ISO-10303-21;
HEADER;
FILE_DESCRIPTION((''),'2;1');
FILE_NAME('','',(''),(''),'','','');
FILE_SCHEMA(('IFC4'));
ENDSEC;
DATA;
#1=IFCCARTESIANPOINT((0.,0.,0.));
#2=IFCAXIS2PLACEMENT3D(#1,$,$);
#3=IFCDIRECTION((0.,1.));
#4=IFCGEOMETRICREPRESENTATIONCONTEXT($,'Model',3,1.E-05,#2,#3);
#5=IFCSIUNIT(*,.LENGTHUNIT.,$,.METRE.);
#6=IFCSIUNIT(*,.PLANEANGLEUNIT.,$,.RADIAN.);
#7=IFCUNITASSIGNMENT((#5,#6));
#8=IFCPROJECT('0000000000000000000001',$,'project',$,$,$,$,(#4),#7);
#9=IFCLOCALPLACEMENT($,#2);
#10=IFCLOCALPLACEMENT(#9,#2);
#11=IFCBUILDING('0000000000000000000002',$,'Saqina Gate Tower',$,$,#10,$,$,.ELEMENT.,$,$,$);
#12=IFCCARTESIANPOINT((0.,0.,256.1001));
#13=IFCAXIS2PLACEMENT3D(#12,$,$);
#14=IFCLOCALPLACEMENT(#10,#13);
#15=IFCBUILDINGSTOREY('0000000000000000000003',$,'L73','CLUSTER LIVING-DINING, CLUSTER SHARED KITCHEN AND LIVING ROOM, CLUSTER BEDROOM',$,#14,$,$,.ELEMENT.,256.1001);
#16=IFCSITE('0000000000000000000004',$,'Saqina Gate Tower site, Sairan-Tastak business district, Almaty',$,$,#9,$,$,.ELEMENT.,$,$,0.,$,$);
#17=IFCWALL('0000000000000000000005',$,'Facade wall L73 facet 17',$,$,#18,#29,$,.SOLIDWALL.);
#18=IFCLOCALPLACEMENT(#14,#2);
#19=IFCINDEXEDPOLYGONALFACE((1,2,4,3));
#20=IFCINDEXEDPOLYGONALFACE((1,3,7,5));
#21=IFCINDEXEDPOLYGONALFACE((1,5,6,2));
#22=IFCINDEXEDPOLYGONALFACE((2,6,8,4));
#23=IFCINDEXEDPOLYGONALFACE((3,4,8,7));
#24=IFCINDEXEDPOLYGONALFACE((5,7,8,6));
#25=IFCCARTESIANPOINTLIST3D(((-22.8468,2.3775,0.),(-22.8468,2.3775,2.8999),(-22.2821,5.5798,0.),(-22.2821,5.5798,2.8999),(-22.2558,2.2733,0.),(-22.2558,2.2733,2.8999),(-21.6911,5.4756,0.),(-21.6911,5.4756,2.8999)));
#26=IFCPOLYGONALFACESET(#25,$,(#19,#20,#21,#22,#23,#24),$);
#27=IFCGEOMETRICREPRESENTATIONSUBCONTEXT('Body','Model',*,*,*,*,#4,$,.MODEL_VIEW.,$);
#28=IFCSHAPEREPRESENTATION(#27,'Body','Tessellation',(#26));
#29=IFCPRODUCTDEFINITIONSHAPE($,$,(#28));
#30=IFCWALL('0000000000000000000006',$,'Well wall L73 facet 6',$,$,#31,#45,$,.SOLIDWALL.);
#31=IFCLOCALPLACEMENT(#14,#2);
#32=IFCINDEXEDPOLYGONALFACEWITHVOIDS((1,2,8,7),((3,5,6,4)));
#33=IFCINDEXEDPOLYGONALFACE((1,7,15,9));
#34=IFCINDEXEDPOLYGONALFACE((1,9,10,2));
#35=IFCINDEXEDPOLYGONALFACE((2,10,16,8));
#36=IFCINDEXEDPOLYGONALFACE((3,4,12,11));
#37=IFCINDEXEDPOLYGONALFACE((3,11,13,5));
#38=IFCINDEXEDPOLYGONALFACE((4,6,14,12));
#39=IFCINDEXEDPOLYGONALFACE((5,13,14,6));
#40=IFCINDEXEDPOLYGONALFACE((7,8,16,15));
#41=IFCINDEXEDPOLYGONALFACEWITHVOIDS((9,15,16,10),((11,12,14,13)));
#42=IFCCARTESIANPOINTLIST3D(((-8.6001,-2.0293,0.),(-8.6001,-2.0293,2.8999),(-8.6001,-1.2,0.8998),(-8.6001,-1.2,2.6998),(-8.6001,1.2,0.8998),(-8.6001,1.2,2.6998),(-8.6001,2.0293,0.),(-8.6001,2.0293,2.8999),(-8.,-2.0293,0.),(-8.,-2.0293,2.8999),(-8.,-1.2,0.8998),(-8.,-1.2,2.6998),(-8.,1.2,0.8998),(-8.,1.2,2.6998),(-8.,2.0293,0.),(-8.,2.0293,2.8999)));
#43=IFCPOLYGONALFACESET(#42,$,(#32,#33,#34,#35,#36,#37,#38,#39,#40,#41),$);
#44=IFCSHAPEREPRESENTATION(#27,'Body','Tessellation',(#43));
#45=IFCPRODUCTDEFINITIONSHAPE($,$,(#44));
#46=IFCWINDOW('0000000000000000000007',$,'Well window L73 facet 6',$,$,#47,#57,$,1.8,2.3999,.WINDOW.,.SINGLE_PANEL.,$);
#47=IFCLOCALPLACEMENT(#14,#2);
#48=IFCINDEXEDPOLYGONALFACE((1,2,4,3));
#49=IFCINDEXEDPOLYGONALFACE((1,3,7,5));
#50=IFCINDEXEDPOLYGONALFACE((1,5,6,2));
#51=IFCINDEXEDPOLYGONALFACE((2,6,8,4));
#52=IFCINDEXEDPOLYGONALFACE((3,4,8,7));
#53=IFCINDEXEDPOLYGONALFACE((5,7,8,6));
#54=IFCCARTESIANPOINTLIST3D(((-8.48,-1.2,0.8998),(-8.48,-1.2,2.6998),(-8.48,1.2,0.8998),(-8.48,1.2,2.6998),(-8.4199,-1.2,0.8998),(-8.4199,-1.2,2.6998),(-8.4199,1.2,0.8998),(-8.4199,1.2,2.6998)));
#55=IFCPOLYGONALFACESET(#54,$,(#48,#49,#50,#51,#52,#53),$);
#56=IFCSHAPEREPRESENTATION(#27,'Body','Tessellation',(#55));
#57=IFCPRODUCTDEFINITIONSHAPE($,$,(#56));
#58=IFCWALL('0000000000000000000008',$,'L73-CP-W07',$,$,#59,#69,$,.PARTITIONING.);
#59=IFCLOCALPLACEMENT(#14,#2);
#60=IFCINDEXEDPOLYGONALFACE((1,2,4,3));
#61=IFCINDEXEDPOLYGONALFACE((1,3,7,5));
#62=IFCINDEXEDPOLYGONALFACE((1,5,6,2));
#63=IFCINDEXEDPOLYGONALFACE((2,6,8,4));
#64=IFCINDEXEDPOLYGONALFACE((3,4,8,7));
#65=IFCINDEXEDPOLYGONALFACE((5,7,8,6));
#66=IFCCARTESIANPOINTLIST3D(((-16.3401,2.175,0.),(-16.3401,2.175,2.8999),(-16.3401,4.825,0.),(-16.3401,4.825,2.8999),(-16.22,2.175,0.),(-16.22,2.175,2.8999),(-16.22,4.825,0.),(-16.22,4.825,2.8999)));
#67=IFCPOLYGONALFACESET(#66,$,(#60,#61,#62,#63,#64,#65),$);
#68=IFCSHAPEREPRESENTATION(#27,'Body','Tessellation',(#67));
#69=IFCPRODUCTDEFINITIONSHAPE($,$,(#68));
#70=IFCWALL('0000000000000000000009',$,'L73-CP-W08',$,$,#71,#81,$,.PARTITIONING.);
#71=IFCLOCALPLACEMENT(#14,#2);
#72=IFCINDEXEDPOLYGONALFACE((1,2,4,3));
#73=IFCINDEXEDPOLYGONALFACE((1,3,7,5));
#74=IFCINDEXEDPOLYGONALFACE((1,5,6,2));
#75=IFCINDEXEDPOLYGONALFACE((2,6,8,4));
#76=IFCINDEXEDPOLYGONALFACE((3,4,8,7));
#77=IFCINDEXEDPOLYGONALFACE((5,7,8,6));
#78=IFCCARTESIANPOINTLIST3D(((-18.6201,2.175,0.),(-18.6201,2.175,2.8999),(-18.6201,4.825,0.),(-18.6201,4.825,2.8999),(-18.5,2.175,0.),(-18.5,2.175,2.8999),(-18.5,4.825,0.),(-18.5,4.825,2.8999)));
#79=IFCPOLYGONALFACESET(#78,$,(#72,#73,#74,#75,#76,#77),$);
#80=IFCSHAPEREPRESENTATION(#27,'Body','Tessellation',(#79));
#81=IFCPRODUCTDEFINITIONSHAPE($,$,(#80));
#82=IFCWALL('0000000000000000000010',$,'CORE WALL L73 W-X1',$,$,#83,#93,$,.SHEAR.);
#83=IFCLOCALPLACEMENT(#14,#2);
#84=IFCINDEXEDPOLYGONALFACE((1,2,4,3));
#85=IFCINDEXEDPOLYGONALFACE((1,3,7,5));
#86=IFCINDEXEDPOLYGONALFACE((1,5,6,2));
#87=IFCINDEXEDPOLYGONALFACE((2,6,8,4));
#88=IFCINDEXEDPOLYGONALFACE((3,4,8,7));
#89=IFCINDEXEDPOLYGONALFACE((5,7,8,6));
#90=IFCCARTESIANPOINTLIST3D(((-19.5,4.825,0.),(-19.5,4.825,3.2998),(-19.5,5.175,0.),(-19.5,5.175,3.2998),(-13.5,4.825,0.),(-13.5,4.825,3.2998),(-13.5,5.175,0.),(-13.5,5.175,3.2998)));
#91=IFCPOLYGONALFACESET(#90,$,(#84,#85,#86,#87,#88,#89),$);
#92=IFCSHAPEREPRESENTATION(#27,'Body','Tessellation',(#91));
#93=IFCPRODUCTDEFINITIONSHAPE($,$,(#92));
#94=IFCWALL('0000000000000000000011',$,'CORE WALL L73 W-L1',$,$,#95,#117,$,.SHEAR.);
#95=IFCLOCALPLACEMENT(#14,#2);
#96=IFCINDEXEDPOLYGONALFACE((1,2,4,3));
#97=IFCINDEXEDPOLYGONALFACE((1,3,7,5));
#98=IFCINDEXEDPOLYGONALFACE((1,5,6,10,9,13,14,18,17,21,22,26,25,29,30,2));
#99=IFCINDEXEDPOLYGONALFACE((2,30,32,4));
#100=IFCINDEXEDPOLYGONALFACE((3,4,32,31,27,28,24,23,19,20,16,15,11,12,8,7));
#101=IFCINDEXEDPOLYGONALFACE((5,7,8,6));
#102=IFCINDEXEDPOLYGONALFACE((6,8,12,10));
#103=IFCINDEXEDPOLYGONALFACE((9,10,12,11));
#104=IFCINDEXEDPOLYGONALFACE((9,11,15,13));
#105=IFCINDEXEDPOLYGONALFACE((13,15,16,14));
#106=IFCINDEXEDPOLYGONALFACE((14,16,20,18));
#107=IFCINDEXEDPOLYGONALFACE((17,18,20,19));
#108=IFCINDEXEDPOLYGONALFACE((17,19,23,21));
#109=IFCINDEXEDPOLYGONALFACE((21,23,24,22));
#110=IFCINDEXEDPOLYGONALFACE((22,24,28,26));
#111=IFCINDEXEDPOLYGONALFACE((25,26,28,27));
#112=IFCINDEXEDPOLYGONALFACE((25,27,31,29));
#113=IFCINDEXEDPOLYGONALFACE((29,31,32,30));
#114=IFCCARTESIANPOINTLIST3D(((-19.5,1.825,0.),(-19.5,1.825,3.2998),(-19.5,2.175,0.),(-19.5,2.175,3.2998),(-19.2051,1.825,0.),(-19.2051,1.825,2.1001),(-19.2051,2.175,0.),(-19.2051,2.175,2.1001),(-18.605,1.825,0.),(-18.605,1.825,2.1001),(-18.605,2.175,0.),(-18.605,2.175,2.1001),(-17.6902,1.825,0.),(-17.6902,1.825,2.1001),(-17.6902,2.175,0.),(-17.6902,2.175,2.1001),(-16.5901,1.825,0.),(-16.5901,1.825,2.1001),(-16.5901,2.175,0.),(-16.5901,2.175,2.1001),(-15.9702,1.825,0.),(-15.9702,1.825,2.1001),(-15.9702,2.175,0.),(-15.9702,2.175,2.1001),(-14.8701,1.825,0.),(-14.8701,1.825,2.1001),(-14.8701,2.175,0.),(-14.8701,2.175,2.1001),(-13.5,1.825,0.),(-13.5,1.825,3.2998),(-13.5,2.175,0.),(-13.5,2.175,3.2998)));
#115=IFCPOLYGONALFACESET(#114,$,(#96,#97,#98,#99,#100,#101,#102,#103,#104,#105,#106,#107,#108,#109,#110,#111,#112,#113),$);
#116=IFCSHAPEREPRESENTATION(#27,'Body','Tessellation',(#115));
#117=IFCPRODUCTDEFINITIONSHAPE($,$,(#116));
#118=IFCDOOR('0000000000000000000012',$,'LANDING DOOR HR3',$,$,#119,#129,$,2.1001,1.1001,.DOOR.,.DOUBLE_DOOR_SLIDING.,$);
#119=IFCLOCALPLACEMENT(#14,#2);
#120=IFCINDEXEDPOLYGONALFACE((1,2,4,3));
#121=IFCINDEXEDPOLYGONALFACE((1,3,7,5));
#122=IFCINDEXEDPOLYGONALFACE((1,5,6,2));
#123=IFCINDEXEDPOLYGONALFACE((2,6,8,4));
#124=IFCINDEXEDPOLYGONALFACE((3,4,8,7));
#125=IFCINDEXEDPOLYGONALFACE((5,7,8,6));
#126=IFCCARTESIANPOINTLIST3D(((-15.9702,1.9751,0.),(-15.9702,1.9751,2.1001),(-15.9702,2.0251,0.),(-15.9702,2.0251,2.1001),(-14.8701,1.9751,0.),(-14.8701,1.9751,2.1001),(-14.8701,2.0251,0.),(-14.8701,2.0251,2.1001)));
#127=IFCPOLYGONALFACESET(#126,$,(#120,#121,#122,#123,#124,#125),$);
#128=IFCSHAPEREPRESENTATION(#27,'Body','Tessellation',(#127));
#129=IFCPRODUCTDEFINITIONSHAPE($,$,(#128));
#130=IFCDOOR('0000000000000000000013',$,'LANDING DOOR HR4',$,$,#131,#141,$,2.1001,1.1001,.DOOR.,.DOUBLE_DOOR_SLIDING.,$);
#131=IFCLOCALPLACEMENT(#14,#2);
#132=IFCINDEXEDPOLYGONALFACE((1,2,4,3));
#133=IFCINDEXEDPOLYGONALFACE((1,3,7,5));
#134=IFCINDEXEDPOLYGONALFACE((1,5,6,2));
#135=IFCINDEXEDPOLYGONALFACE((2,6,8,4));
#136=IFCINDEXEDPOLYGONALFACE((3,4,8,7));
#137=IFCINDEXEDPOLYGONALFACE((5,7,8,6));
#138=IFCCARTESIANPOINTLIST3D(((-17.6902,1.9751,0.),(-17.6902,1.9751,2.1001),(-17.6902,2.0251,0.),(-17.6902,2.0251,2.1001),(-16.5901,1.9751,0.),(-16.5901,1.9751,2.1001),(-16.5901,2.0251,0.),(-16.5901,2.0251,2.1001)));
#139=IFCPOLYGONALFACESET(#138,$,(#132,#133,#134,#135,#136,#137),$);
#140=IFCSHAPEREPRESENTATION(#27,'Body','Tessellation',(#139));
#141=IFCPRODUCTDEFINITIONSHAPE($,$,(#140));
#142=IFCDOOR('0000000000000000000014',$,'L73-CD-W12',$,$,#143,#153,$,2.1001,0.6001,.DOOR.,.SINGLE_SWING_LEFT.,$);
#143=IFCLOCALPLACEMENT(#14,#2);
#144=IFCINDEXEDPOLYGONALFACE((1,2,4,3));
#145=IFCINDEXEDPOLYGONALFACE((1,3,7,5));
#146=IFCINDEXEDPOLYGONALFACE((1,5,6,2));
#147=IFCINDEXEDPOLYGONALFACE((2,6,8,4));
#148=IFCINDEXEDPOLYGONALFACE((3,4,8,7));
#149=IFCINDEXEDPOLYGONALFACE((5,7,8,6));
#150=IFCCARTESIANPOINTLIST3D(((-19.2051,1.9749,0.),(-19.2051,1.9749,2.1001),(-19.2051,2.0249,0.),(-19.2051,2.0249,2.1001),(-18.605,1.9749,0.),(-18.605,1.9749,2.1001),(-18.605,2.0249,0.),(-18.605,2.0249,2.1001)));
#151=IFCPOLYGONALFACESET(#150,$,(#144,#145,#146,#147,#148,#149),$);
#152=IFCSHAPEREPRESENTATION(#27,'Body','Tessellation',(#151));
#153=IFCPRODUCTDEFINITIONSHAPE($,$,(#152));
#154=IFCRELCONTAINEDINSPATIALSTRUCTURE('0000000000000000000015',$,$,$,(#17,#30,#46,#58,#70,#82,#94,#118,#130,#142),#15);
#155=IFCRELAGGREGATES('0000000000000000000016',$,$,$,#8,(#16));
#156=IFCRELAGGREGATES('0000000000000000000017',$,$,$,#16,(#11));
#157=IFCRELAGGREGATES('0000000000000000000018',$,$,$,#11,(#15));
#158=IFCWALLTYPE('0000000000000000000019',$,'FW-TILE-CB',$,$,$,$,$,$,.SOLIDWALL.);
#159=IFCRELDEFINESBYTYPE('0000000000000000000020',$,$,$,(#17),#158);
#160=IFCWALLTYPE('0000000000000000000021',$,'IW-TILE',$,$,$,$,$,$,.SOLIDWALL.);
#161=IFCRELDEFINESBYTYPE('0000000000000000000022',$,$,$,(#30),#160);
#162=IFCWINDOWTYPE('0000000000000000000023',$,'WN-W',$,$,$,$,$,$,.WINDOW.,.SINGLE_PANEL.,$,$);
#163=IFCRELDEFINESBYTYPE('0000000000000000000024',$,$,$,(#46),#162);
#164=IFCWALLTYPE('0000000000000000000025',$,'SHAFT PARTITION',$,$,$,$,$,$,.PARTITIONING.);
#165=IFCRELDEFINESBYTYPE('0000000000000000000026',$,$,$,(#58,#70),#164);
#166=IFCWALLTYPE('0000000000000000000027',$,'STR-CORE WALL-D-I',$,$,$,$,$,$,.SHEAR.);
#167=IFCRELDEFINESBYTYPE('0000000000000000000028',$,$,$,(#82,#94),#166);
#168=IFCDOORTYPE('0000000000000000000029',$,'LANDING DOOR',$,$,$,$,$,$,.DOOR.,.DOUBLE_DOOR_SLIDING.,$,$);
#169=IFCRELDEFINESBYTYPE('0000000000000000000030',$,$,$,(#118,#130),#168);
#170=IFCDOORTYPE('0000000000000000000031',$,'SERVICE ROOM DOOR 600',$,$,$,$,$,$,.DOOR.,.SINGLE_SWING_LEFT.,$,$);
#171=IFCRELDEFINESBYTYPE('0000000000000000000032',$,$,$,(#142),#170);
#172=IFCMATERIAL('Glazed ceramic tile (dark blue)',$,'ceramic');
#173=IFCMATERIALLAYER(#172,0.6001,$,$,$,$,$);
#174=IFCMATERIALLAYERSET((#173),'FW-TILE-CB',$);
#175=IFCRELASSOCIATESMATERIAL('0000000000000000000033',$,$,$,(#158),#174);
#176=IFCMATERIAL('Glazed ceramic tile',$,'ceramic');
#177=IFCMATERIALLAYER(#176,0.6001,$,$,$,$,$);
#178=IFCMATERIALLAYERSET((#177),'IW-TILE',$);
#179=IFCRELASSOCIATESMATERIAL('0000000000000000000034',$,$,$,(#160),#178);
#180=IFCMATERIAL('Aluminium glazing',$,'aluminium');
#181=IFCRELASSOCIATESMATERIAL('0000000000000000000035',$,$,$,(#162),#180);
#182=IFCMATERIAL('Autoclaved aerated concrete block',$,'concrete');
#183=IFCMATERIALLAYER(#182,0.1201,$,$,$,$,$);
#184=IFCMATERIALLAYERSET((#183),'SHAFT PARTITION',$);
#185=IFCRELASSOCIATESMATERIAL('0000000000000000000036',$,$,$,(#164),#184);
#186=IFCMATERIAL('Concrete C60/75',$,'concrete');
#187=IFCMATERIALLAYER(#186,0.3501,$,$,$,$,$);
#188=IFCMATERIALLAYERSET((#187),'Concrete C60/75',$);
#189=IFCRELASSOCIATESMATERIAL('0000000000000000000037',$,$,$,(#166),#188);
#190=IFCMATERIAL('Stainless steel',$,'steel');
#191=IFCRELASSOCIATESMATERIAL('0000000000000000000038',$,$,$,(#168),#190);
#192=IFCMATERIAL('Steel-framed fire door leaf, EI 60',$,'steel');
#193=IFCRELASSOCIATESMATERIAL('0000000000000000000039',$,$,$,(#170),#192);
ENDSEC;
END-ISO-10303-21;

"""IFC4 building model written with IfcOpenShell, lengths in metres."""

from ifc_helpers import new_model, si_unit, direction, frame, frame_2d, origin, place, context, subcontext, project, spatial, rectangle, extrude, material, layer, layer_set, type_object, element, fill, save


model = new_model("IFC4")

# Units and contexts
model_context = context("Model", 3, precision=1e-05, world=origin(), true_north=direction((0.0, 1.0)))
body_context = subcontext(model_context, "Body", "Model", "MODEL_VIEW")
ifc_project = project(units=[si_unit("LENGTHUNIT", "METRE"), si_unit("PLANEANGLEUNIT", "RADIAN")], contexts=[model_context])

# Site, building, storey
site_placement = place(None, origin())
site = spatial("IfcSite", under=ifc_project, at=site_placement, Name="Saqina Gate Tower site, Sairan-Tastak business district, Almaty", CompositionType="ELEMENT", RefElevation=0.0)
building_placement = place(site_placement, origin())
building = spatial("IfcBuilding", under=site, at=building_placement, Name="Saqina Gate Tower", CompositionType="ELEMENT")
storey_placement = place(building_placement, frame((0.0, 0.0, 256.1001)))
storey = spatial("IfcBuildingStorey", under=building, at=storey_placement, Name="L73", Description="CLUSTER LIVING-DINING, CLUSTER SHARED KITCHEN AND LIVING ROOM, CLUSTER BEDROOM", CompositionType="ELEMENT", Elevation=256.1001)

# Wall
ifc_material_1 = material(Name="Glazed ceramic tile (dark blue)", Category="ceramic")
ifc_layer_1 = layer(ifc_material_1, 0.6001)
ifc_layer_set_1 = layer_set([ifc_layer_1], Name="FW-TILE-CB")
wall_type_1 = type_object("IfcWallType", Name="FW-TILE-CB", PredefinedType="SOLIDWALL", material=ifc_layer_set_1)
wall_1_placement = place(storey_placement, frame((-21.9866, 5.5278, 0.0), z_axis=(0.0, 0.0, 1.0), x_axis=(-0.173657, -0.984806, 0.0)))
element("IfcWall", 1, at=wall_1_placement, inside=storey, type_object=wall_type_1, Name="Facade wall L73 facet 17", PredefinedType="SOLIDWALL", context=body_context, shape_type="SweptSolid", body=[
    extrude(rectangle(XDim=3.2517, YDim=0.6001, at=frame_2d((1.626, 0.0))), origin(), (0.0, 0.0, 1.0), 2.8999),
])

# Wall, opening, window
ifc_material_2 = material(Name="Glazed ceramic tile", Category="ceramic")
ifc_layer_2 = layer(ifc_material_2, 0.6001)
ifc_layer_set_2 = layer_set([ifc_layer_2], Name="IW-TILE")
wall_type_2 = type_object("IfcWallType", Name="IW-TILE", PredefinedType="SOLIDWALL", material=ifc_layer_set_2)
wall_2_placement = place(storey_placement, frame((-8.3, 2.0293, 0.0), z_axis=(0.0, 0.0, 1.0), x_axis=(0.0, -1.0, 0.0)))
wall_2 = element("IfcWall", 2, at=wall_2_placement, inside=storey, type_object=wall_type_2, Name="Well wall L73 facet 6", PredefinedType="SOLIDWALL", context=body_context, shape_type="SweptSolid", body=[
    extrude(rectangle(XDim=4.0586, YDim=0.6001, at=frame_2d((2.0293, 0.0))), origin(), (0.0, 0.0, 1.0), 2.8999),
])
opening_1_placement = place(wall_2_placement, frame((0.8293, 0.0, 0.8999)))
opening_1 = element("IfcOpeningElement", 3, at=opening_1_placement, cuts=wall_2, PredefinedType="OPENING", context=body_context, shape_type="SweptSolid", body=[
    extrude(rectangle(XDim=2.3999, YDim=1.8, at=frame_2d((1.2, 0.8999))), frame((0.0, 0.312, 0.0), z_axis=(0.0, -1.0, 0.0), x_axis=(1.0, 0.0, 0.0)), (0.0, 0.0, 1.0), 0.624),
])
ifc_material_3 = material(Name="Aluminium glazing", Category="aluminium")
window_type = type_object("IfcWindowType", Name="WN-W", PartitioningType="SINGLE_PANEL", PredefinedType="WINDOW", material=ifc_material_3)
window_placement = place(opening_1_placement, origin())
window = element("IfcWindow", 4, at=window_placement, inside=storey, type_object=window_type, Name="Well window L73 facet 6", OverallHeight=1.8, OverallWidth=2.3999, PartitioningType="SINGLE_PANEL", PredefinedType="WINDOW", context=body_context, shape_type="SweptSolid", body=[
    extrude(rectangle(XDim=2.3999, YDim=1.8, at=frame_2d((1.2, 0.8999))), frame((0.0, -0.1199, 0.0), z_axis=(0.0, -1.0, 0.0), x_axis=(1.0, 0.0, 0.0)), (0.0, 0.0, 1.0), 0.0601),
])
fill(opening_1, window)

# Walls
ifc_material_4 = material(Name="Autoclaved aerated concrete block", Category="concrete")
ifc_layer_3 = layer(ifc_material_4, 0.1201)
ifc_layer_set_3 = layer_set([ifc_layer_3], Name="SHAFT PARTITION")
wall_type_3 = type_object("IfcWallType", Name="SHAFT PARTITION", PredefinedType="PARTITIONING", material=ifc_layer_set_3)
for number, where, z_axis, x_axis, name in (
    (5, (-16.28, 2.175, 0.0), (0.0, 0.0, 1.0), (0.0, 1.0, 0.0), "L73-CP-W07"),
    (6, (-18.5601, 2.175, 0.0), (0.0, 0.0, 1.0), (0.0, 1.0, 0.0), "L73-CP-W08"),
):
    element("IfcWall", number, at=place(storey_placement, frame(where, z_axis=z_axis, x_axis=x_axis)), inside=storey, type_object=wall_type_3, Name=name, PredefinedType="PARTITIONING", context=body_context, shape_type="SweptSolid", body=[
        extrude(rectangle(XDim=2.6499, YDim=0.1201, at=frame_2d((1.325, 0.0))), origin(), (0.0, 0.0, 1.0), 2.8999),
    ])
ifc_material_5 = material(Name="Concrete C60/75", Category="concrete")
ifc_layer_4 = layer(ifc_material_5, 0.3501)
ifc_layer_set_4 = layer_set([ifc_layer_4], Name="Concrete C60/75")
wall_type_4 = type_object("IfcWallType", Name="STR-CORE WALL-D-I", PredefinedType="SHEAR", material=ifc_layer_set_4)
wall_3_placement = place(storey_placement, frame((-13.5, 5.0, 0.0), z_axis=(0.0, 0.0, 1.0), x_axis=(-1.0, 0.0, 0.0)))
element("IfcWall", 7, at=wall_3_placement, inside=storey, type_object=wall_type_4, Name="CORE WALL L73 W-X1", PredefinedType="SHEAR", context=body_context, shape_type="SweptSolid", body=[
    extrude(rectangle(XDim=6.0, YDim=0.3501, at=frame_2d((3.0, 0.0))), origin(), (0.0, 0.0, 1.0), 3.2998),
])

# Wall, openings, doors
wall_4_placement = place(storey_placement, frame((-13.5, 2.0, 0.0), z_axis=(0.0, 0.0, 1.0), x_axis=(-1.0, 0.0, 0.0)))
wall_4 = element("IfcWall", 8, at=wall_4_placement, inside=storey, type_object=wall_type_4, Name="CORE WALL L73 W-L1", PredefinedType="SHEAR", context=body_context, shape_type="SweptSolid", body=[
    extrude(rectangle(XDim=6.0, YDim=0.3501, at=frame_2d((3.0, 0.0))), origin(), (0.0, 0.0, 1.0), 3.2998),
])
opening_2_placement = place(wall_4_placement, frame((1.3701, 0.0, 0.0)))
opening_2 = element("IfcOpeningElement", 9, at=opening_2_placement, cuts=wall_4, PredefinedType="OPENING", context=body_context, shape_type="SweptSolid", body=[
    extrude(rectangle(XDim=1.1001, YDim=2.1001, at=frame_2d((0.55, 1.05))), frame((0.0, 0.187, 0.0), z_axis=(0.0, -1.0, 0.0), x_axis=(1.0, 0.0, 0.0)), (0.0, 0.0, 1.0), 0.374),
])
opening_3_placement = place(wall_4_placement, frame((3.0901, 0.0, 0.0)))
opening_3 = element("IfcOpeningElement", 10, at=opening_3_placement, cuts=wall_4, PredefinedType="OPENING", context=body_context, shape_type="SweptSolid", body=[
    extrude(rectangle(XDim=1.1001, YDim=2.1001, at=frame_2d((0.55, 1.05))), frame((0.0, 0.187, 0.0), z_axis=(0.0, -1.0, 0.0), x_axis=(1.0, 0.0, 0.0)), (0.0, 0.0, 1.0), 0.374),
])
opening_4_placement = place(wall_4_placement, frame((5.105, 0.0, 0.0)))
opening_4 = element("IfcOpeningElement", 11, at=opening_4_placement, cuts=wall_4, PredefinedType="OPENING", context=body_context, shape_type="SweptSolid", body=[
    extrude(rectangle(XDim=0.6001, YDim=2.1001, at=frame_2d((0.3, 1.05))), frame((0.0, 0.187, 0.0), z_axis=(0.0, -1.0, 0.0), x_axis=(1.0, 0.0, 0.0)), (0.0, 0.0, 1.0), 0.374),
])
ifc_material_6 = material(Name="Stainless steel", Category="steel")
door_type_1 = type_object("IfcDoorType", Name="LANDING DOOR", OperationType="DOUBLE_DOOR_SLIDING", PredefinedType="DOOR", material=ifc_material_6)
door_1_placement = place(opening_2_placement, origin())
door_1 = element("IfcDoor", 12, at=door_1_placement, inside=storey, type_object=door_type_1, Name="LANDING DOOR HR3", OperationType="DOUBLE_DOOR_SLIDING", OverallHeight=2.1001, OverallWidth=1.1001, PredefinedType="DOOR", context=body_context, shape_type="SweptSolid", body=[
    extrude(rectangle(XDim=1.1001, YDim=2.1001, at=frame_2d((0.55, 1.05))), frame((0.0, 0.0249, 0.0), z_axis=(0.0, -1.0, 0.0), x_axis=(1.0, 0.0, 0.0)), (0.0, 0.0, 1.0), 0.05),
])
fill(opening_2, door_1)
door_2_placement = place(opening_3_placement, origin())
door_2 = element("IfcDoor", 13, at=door_2_placement, inside=storey, type_object=door_type_1, Name="LANDING DOOR HR4", OperationType="DOUBLE_DOOR_SLIDING", OverallHeight=2.1001, OverallWidth=1.1001, PredefinedType="DOOR", context=body_context, shape_type="SweptSolid", body=[
    extrude(rectangle(XDim=1.1001, YDim=2.1001, at=frame_2d((0.55, 1.05))), frame((0.0, 0.0249, 0.0), z_axis=(0.0, -1.0, 0.0), x_axis=(1.0, 0.0, 0.0)), (0.0, 0.0, 1.0), 0.05),
])
fill(opening_3, door_2)
ifc_material_7 = material(Name="Steel-framed fire door leaf, EI 60", Category="steel")
door_type_2 = type_object("IfcDoorType", Name="SERVICE ROOM DOOR 600", OperationType="SINGLE_SWING_LEFT", PredefinedType="DOOR", material=ifc_material_7)
door_3_placement = place(opening_4_placement, frame((0.6001, 0.0, 0.0), z_axis=(0.0, 0.0, 1.0), x_axis=(-1.0, 0.0, 0.0)))
door_3 = element("IfcDoor", 14, at=door_3_placement, inside=storey, type_object=door_type_2, Name="L73-CD-W12", OperationType="SINGLE_SWING_LEFT", OverallHeight=2.1001, OverallWidth=0.6001, PredefinedType="DOOR", context=body_context, shape_type="SweptSolid", body=[
    extrude(rectangle(XDim=0.6001, YDim=2.1001, at=frame_2d((0.3, 1.05))), frame((0.0, 0.0249, 0.0), z_axis=(0.0, -1.0, 0.0), x_axis=(1.0, 0.0, 0.0)), (0.0, 0.0, 1.0), 0.05),
])
fill(opening_4, door_3)

save(model, "model.ifc")
